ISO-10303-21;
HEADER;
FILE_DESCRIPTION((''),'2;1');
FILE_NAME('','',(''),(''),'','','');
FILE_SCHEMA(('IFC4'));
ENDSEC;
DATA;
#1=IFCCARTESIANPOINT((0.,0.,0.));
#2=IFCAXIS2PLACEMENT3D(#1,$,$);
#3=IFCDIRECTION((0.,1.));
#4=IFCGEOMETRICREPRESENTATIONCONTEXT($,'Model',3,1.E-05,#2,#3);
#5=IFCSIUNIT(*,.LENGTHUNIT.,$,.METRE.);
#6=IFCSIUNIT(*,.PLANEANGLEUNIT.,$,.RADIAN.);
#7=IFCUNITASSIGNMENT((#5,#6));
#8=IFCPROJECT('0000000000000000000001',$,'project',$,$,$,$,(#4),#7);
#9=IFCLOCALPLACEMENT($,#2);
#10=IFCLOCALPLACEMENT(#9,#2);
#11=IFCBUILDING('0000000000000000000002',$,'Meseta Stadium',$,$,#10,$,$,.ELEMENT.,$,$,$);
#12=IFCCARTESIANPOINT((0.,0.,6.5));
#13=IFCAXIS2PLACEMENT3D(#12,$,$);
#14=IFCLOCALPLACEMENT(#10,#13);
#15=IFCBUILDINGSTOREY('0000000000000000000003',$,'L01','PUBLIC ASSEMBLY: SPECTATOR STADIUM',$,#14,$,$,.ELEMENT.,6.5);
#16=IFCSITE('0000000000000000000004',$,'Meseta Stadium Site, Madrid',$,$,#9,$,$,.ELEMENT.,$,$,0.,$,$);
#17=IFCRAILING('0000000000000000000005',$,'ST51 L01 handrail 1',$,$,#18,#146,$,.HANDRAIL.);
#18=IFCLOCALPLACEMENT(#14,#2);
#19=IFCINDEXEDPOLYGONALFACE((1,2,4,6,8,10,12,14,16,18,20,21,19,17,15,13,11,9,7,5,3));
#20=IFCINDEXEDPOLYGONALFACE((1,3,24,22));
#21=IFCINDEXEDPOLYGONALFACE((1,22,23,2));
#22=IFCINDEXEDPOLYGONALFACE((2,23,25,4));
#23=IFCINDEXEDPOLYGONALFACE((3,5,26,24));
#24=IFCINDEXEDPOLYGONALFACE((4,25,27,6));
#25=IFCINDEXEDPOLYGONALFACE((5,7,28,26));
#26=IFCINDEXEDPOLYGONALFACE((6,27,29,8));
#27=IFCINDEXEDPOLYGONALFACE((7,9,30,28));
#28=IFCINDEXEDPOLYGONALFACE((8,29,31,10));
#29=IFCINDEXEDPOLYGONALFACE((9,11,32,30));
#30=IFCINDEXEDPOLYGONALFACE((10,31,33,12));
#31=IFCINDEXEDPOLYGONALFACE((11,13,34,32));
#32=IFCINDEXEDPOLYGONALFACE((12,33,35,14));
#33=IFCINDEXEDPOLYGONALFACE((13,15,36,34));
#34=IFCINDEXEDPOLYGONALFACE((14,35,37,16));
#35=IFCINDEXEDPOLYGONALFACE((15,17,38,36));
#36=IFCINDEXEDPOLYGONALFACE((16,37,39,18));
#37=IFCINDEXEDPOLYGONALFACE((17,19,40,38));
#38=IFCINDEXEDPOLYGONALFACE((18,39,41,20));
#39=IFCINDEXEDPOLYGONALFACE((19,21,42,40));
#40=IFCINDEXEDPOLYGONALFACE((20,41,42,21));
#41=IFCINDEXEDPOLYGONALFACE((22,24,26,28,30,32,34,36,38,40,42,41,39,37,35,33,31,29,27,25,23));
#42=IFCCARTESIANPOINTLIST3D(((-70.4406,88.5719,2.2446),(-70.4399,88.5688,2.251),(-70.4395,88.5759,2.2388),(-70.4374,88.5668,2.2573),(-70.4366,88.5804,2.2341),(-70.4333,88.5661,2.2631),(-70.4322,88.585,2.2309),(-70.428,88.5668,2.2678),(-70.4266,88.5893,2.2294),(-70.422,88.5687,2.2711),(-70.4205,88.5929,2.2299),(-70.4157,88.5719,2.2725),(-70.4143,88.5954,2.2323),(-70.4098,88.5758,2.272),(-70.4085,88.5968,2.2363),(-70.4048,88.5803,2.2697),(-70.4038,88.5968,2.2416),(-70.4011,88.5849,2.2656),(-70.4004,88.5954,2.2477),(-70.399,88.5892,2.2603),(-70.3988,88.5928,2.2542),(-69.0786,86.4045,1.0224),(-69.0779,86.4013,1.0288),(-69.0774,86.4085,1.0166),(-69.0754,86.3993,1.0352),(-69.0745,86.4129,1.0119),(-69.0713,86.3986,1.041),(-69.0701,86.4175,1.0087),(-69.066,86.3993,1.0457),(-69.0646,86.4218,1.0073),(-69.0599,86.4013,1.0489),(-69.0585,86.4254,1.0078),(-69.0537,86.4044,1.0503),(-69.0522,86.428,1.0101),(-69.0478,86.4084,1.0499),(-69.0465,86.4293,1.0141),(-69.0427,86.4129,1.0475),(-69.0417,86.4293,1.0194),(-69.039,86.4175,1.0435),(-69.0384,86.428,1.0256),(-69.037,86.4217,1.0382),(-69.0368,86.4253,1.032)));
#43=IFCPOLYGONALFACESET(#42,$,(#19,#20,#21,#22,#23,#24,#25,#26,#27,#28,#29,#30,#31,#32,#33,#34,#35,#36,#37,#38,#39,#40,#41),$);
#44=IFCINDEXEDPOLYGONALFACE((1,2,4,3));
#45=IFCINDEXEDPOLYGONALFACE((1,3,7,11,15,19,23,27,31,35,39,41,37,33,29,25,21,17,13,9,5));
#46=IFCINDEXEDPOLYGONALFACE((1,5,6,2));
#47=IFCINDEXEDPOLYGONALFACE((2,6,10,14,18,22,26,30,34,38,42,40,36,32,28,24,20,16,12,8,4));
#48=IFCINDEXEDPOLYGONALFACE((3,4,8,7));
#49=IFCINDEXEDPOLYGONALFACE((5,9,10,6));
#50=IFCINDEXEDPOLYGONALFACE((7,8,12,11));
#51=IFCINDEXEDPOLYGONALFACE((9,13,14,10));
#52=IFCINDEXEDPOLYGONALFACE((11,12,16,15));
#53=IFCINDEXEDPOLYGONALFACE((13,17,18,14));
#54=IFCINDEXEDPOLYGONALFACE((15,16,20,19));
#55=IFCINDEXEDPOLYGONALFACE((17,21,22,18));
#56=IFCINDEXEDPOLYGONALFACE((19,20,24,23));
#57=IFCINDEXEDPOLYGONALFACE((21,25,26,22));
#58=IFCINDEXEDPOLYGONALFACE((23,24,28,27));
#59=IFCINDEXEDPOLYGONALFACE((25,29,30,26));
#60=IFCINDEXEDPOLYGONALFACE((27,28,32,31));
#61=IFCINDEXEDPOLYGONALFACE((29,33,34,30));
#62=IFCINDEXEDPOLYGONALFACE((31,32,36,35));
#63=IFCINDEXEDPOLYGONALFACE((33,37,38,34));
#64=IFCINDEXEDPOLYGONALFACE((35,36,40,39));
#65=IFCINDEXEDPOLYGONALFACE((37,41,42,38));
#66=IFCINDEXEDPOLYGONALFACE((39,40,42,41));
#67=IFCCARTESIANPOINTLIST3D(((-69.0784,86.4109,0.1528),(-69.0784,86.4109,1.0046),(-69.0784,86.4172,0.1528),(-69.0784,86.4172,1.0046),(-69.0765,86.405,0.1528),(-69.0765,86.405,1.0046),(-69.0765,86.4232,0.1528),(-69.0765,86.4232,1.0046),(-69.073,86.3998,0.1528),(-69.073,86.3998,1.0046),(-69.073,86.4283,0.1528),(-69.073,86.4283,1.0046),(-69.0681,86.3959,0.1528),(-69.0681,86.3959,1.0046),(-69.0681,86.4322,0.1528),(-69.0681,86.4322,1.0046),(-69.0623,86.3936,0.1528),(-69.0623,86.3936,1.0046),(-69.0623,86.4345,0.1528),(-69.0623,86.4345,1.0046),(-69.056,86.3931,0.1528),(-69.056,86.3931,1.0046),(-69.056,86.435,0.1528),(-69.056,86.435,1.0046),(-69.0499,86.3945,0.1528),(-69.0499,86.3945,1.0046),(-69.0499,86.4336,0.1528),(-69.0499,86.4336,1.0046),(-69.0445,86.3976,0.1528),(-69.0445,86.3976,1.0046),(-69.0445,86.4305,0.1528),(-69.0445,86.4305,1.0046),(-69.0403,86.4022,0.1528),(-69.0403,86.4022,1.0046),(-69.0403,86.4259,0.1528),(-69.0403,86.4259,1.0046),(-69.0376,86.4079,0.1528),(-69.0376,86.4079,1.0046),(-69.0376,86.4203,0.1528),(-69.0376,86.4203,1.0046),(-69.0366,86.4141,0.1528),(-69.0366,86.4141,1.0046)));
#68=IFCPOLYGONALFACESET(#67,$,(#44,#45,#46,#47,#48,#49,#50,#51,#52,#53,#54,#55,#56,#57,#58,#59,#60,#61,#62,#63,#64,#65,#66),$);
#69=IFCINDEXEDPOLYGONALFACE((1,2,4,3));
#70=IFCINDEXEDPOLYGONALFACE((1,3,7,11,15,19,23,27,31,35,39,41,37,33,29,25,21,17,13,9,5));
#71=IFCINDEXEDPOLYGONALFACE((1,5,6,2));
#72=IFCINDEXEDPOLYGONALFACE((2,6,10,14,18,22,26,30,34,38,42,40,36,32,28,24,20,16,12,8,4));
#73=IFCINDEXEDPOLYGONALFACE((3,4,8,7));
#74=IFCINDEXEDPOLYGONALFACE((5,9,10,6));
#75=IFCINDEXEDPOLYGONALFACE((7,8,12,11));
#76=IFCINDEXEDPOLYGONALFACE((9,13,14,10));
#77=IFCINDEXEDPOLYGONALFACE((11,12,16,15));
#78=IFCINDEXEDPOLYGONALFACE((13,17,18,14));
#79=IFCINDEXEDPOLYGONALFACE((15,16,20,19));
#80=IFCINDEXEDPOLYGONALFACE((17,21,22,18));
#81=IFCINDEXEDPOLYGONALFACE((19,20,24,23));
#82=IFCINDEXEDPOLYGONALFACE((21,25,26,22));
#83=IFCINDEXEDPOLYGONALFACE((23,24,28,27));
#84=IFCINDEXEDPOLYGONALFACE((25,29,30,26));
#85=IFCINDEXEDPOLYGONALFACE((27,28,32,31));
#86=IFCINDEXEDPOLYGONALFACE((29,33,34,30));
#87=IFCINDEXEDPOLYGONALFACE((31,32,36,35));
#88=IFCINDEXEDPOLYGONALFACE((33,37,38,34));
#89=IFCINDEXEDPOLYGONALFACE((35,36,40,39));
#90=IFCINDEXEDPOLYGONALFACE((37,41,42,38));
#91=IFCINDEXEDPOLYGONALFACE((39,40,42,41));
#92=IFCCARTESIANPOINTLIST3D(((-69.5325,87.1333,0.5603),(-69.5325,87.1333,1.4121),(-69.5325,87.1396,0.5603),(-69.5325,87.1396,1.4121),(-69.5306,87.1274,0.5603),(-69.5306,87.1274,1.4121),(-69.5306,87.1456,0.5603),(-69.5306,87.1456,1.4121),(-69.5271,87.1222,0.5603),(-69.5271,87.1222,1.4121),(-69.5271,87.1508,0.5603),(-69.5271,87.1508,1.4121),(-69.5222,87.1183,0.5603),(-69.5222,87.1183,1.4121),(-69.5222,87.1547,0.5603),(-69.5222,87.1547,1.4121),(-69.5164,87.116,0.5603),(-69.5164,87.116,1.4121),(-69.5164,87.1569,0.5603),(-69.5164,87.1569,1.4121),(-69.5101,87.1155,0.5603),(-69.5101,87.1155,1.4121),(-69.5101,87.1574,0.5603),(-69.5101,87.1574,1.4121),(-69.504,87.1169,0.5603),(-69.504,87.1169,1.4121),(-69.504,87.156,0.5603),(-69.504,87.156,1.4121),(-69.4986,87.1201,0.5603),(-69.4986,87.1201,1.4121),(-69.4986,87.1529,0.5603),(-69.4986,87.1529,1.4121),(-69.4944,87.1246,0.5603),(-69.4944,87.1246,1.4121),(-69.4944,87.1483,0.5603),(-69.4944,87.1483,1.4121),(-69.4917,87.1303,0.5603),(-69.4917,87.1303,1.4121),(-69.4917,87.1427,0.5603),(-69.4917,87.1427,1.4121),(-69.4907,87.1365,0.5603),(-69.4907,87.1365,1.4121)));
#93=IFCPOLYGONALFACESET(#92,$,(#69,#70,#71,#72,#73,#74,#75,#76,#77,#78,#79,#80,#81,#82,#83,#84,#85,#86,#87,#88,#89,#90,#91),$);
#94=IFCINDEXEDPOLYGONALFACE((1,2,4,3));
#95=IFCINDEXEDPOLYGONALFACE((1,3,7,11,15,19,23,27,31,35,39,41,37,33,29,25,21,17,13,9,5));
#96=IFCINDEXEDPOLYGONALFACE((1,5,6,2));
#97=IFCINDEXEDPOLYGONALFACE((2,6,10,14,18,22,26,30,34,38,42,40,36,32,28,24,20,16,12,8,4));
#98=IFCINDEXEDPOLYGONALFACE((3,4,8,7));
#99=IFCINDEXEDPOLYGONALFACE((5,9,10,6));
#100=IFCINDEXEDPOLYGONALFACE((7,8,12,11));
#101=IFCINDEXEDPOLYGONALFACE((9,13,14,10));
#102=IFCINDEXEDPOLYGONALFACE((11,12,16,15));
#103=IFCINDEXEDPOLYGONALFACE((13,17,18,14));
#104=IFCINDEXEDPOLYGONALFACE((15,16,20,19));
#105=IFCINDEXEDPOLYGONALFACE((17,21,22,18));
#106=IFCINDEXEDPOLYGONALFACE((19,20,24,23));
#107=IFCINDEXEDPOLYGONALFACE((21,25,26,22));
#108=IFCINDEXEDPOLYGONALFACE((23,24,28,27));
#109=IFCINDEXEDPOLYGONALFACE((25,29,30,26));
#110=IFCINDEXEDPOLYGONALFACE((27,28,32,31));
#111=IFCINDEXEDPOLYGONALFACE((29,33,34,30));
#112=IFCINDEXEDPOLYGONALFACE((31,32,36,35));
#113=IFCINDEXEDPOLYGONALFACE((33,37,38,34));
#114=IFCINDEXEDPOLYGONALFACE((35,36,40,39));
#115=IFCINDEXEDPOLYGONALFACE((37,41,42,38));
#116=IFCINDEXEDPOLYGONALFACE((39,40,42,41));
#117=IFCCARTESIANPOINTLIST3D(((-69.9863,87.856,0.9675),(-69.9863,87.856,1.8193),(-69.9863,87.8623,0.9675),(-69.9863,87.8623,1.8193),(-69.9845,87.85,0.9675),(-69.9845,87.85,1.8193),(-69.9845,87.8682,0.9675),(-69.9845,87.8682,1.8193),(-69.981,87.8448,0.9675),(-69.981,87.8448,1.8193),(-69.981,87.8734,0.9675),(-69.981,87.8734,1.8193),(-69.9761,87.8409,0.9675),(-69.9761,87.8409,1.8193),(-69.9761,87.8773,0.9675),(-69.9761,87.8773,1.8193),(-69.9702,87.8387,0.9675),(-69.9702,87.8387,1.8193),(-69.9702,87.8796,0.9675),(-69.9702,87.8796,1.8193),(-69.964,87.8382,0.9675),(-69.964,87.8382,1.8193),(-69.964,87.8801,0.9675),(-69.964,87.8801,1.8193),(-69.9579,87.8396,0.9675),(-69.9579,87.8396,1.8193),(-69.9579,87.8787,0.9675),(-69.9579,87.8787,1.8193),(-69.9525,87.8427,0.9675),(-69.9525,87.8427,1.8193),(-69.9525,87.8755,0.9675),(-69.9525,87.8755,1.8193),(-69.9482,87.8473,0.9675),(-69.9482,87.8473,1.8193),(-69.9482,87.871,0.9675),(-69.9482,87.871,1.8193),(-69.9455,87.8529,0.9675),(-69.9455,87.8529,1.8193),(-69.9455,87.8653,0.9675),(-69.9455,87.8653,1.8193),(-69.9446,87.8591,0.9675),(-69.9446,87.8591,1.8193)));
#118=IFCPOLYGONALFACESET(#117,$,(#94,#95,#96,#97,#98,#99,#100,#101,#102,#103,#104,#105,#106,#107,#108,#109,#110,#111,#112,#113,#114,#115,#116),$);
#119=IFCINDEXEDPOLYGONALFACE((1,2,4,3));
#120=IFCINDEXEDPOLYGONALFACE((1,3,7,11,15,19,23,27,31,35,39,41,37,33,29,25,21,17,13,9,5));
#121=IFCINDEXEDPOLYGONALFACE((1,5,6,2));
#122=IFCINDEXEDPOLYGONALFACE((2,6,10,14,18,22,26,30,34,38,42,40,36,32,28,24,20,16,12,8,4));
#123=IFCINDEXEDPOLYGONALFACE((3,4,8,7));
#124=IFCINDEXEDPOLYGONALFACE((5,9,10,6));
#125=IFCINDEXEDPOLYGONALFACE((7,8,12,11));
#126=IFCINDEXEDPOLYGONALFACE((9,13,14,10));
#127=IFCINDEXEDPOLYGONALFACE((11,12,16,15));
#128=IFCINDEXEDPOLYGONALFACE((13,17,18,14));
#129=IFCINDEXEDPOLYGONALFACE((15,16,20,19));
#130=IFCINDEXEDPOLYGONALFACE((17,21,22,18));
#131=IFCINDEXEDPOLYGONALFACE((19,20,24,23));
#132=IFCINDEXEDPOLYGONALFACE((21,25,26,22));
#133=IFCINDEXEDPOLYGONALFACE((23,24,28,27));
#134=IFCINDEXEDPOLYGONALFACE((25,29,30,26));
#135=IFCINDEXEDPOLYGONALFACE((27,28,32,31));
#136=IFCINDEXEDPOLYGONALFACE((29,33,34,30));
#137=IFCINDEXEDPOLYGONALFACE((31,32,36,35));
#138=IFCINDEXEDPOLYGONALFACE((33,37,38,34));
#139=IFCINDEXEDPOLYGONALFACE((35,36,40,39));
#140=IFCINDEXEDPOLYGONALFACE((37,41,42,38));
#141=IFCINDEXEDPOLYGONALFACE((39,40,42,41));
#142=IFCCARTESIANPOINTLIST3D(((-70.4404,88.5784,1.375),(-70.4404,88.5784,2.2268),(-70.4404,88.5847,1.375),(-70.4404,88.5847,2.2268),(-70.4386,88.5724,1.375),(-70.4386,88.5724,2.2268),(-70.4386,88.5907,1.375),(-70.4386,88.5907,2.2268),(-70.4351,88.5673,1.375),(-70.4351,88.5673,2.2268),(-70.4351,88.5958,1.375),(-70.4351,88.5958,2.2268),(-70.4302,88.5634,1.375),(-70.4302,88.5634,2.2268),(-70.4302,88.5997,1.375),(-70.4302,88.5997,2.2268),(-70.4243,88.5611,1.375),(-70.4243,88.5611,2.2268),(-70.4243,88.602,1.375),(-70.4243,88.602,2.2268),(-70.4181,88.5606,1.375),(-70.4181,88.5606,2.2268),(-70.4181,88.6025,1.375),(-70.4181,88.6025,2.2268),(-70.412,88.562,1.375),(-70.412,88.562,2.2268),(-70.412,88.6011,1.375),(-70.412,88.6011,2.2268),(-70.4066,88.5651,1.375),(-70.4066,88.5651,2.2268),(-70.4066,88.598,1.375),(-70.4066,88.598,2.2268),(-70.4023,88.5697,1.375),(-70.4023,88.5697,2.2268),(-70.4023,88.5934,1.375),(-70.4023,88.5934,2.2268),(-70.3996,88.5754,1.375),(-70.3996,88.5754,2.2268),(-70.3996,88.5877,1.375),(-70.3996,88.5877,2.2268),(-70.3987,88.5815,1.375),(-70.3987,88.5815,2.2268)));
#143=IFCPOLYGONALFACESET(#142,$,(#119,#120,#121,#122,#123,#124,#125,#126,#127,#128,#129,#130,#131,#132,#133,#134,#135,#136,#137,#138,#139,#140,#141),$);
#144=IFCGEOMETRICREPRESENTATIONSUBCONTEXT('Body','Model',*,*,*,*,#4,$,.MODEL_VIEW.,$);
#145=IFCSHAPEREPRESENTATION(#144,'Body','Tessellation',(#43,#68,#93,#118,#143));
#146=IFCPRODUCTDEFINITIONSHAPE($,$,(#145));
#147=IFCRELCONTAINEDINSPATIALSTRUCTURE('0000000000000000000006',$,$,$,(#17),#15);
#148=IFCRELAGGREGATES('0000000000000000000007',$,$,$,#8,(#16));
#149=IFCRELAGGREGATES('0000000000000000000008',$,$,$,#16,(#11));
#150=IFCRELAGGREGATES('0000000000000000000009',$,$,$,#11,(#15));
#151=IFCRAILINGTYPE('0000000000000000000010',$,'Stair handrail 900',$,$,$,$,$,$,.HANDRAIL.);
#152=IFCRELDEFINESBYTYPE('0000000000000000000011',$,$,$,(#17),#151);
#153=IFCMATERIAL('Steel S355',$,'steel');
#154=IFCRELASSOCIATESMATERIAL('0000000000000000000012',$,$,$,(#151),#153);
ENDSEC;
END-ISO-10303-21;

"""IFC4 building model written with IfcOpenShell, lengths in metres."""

from ifc_helpers import new_model, si_unit, direction, frame, origin, origin_2d, place, context, subcontext, project, spatial, circle, extrude, material, type_object, element, save


model = new_model("IFC4")

# Units and contexts
model_context = context("Model", 3, precision=1e-05, world=origin(), true_north=direction((0.0, 1.0)))
body_context = subcontext(model_context, "Body", "Model", "MODEL_VIEW")
ifc_project = project(units=[si_unit("LENGTHUNIT", "METRE"), si_unit("PLANEANGLEUNIT", "RADIAN")], contexts=[model_context])

# Site, building, storey
site_placement = place(None, origin())
site = spatial("IfcSite", under=ifc_project, at=site_placement, Name="Meseta Stadium Site, Madrid", CompositionType="ELEMENT", RefElevation=0.0)
building_placement = place(site_placement, origin())
building = spatial("IfcBuilding", under=site, at=building_placement, Name="Meseta Stadium", CompositionType="ELEMENT")
storey_placement = place(building_placement, frame((0.0, 0.0, 6.5)))
storey = spatial("IfcBuildingStorey", under=building, at=storey_placement, Name="L01", Description="PUBLIC ASSEMBLY: SPECTATOR STADIUM", CompositionType="ELEMENT", Elevation=6.5)

# Railing
ifc_material_1 = material(Name="Steel S355", Category="steel")
railing_type_1 = type_object("IfcRailingType", Name="Stair handrail 900", PredefinedType="HANDRAIL", material=ifc_material_1)
railing_1_placement = place(storey_placement, frame((-69.0576, 86.4141, 0.1528)))
element("IfcRailing", 1, at=railing_1_placement, inside=storey, type_object=railing_type_1, Name="ST51 L01 handrail 1", PredefinedType="HANDRAIL", context=body_context, shape_type="SweptSolid", body=[
    extrude(circle(Radius=0.0239, at=origin_2d()), frame((0.0, 0.0, 0.876), z_axis=(-0.480156, 0.764085, 0.430841), x_axis=(-0.846699, -0.532072, 0.0)), (0.0, 0.0, 1.0), 2.8367),
    extrude(circle(Radius=0.021, at=origin_2d()), origin(), (0.0, 0.0, 1.0), 0.8518),
    extrude(circle(Radius=0.021, at=origin_2d()), frame((-0.4541, 0.7224, 0.4075)), (0.0, 0.0, 1.0), 0.8518),
    extrude(circle(Radius=0.021, at=origin_2d()), frame((-0.908, 1.4451, 0.8147)), (0.0, 0.0, 1.0), 0.8518),
    extrude(circle(Radius=0.021, at=origin_2d()), frame((-1.3621, 2.1675, 1.2222)), (0.0, 0.0, 1.0), 0.8518),
])

save(model, "model.ifc")
